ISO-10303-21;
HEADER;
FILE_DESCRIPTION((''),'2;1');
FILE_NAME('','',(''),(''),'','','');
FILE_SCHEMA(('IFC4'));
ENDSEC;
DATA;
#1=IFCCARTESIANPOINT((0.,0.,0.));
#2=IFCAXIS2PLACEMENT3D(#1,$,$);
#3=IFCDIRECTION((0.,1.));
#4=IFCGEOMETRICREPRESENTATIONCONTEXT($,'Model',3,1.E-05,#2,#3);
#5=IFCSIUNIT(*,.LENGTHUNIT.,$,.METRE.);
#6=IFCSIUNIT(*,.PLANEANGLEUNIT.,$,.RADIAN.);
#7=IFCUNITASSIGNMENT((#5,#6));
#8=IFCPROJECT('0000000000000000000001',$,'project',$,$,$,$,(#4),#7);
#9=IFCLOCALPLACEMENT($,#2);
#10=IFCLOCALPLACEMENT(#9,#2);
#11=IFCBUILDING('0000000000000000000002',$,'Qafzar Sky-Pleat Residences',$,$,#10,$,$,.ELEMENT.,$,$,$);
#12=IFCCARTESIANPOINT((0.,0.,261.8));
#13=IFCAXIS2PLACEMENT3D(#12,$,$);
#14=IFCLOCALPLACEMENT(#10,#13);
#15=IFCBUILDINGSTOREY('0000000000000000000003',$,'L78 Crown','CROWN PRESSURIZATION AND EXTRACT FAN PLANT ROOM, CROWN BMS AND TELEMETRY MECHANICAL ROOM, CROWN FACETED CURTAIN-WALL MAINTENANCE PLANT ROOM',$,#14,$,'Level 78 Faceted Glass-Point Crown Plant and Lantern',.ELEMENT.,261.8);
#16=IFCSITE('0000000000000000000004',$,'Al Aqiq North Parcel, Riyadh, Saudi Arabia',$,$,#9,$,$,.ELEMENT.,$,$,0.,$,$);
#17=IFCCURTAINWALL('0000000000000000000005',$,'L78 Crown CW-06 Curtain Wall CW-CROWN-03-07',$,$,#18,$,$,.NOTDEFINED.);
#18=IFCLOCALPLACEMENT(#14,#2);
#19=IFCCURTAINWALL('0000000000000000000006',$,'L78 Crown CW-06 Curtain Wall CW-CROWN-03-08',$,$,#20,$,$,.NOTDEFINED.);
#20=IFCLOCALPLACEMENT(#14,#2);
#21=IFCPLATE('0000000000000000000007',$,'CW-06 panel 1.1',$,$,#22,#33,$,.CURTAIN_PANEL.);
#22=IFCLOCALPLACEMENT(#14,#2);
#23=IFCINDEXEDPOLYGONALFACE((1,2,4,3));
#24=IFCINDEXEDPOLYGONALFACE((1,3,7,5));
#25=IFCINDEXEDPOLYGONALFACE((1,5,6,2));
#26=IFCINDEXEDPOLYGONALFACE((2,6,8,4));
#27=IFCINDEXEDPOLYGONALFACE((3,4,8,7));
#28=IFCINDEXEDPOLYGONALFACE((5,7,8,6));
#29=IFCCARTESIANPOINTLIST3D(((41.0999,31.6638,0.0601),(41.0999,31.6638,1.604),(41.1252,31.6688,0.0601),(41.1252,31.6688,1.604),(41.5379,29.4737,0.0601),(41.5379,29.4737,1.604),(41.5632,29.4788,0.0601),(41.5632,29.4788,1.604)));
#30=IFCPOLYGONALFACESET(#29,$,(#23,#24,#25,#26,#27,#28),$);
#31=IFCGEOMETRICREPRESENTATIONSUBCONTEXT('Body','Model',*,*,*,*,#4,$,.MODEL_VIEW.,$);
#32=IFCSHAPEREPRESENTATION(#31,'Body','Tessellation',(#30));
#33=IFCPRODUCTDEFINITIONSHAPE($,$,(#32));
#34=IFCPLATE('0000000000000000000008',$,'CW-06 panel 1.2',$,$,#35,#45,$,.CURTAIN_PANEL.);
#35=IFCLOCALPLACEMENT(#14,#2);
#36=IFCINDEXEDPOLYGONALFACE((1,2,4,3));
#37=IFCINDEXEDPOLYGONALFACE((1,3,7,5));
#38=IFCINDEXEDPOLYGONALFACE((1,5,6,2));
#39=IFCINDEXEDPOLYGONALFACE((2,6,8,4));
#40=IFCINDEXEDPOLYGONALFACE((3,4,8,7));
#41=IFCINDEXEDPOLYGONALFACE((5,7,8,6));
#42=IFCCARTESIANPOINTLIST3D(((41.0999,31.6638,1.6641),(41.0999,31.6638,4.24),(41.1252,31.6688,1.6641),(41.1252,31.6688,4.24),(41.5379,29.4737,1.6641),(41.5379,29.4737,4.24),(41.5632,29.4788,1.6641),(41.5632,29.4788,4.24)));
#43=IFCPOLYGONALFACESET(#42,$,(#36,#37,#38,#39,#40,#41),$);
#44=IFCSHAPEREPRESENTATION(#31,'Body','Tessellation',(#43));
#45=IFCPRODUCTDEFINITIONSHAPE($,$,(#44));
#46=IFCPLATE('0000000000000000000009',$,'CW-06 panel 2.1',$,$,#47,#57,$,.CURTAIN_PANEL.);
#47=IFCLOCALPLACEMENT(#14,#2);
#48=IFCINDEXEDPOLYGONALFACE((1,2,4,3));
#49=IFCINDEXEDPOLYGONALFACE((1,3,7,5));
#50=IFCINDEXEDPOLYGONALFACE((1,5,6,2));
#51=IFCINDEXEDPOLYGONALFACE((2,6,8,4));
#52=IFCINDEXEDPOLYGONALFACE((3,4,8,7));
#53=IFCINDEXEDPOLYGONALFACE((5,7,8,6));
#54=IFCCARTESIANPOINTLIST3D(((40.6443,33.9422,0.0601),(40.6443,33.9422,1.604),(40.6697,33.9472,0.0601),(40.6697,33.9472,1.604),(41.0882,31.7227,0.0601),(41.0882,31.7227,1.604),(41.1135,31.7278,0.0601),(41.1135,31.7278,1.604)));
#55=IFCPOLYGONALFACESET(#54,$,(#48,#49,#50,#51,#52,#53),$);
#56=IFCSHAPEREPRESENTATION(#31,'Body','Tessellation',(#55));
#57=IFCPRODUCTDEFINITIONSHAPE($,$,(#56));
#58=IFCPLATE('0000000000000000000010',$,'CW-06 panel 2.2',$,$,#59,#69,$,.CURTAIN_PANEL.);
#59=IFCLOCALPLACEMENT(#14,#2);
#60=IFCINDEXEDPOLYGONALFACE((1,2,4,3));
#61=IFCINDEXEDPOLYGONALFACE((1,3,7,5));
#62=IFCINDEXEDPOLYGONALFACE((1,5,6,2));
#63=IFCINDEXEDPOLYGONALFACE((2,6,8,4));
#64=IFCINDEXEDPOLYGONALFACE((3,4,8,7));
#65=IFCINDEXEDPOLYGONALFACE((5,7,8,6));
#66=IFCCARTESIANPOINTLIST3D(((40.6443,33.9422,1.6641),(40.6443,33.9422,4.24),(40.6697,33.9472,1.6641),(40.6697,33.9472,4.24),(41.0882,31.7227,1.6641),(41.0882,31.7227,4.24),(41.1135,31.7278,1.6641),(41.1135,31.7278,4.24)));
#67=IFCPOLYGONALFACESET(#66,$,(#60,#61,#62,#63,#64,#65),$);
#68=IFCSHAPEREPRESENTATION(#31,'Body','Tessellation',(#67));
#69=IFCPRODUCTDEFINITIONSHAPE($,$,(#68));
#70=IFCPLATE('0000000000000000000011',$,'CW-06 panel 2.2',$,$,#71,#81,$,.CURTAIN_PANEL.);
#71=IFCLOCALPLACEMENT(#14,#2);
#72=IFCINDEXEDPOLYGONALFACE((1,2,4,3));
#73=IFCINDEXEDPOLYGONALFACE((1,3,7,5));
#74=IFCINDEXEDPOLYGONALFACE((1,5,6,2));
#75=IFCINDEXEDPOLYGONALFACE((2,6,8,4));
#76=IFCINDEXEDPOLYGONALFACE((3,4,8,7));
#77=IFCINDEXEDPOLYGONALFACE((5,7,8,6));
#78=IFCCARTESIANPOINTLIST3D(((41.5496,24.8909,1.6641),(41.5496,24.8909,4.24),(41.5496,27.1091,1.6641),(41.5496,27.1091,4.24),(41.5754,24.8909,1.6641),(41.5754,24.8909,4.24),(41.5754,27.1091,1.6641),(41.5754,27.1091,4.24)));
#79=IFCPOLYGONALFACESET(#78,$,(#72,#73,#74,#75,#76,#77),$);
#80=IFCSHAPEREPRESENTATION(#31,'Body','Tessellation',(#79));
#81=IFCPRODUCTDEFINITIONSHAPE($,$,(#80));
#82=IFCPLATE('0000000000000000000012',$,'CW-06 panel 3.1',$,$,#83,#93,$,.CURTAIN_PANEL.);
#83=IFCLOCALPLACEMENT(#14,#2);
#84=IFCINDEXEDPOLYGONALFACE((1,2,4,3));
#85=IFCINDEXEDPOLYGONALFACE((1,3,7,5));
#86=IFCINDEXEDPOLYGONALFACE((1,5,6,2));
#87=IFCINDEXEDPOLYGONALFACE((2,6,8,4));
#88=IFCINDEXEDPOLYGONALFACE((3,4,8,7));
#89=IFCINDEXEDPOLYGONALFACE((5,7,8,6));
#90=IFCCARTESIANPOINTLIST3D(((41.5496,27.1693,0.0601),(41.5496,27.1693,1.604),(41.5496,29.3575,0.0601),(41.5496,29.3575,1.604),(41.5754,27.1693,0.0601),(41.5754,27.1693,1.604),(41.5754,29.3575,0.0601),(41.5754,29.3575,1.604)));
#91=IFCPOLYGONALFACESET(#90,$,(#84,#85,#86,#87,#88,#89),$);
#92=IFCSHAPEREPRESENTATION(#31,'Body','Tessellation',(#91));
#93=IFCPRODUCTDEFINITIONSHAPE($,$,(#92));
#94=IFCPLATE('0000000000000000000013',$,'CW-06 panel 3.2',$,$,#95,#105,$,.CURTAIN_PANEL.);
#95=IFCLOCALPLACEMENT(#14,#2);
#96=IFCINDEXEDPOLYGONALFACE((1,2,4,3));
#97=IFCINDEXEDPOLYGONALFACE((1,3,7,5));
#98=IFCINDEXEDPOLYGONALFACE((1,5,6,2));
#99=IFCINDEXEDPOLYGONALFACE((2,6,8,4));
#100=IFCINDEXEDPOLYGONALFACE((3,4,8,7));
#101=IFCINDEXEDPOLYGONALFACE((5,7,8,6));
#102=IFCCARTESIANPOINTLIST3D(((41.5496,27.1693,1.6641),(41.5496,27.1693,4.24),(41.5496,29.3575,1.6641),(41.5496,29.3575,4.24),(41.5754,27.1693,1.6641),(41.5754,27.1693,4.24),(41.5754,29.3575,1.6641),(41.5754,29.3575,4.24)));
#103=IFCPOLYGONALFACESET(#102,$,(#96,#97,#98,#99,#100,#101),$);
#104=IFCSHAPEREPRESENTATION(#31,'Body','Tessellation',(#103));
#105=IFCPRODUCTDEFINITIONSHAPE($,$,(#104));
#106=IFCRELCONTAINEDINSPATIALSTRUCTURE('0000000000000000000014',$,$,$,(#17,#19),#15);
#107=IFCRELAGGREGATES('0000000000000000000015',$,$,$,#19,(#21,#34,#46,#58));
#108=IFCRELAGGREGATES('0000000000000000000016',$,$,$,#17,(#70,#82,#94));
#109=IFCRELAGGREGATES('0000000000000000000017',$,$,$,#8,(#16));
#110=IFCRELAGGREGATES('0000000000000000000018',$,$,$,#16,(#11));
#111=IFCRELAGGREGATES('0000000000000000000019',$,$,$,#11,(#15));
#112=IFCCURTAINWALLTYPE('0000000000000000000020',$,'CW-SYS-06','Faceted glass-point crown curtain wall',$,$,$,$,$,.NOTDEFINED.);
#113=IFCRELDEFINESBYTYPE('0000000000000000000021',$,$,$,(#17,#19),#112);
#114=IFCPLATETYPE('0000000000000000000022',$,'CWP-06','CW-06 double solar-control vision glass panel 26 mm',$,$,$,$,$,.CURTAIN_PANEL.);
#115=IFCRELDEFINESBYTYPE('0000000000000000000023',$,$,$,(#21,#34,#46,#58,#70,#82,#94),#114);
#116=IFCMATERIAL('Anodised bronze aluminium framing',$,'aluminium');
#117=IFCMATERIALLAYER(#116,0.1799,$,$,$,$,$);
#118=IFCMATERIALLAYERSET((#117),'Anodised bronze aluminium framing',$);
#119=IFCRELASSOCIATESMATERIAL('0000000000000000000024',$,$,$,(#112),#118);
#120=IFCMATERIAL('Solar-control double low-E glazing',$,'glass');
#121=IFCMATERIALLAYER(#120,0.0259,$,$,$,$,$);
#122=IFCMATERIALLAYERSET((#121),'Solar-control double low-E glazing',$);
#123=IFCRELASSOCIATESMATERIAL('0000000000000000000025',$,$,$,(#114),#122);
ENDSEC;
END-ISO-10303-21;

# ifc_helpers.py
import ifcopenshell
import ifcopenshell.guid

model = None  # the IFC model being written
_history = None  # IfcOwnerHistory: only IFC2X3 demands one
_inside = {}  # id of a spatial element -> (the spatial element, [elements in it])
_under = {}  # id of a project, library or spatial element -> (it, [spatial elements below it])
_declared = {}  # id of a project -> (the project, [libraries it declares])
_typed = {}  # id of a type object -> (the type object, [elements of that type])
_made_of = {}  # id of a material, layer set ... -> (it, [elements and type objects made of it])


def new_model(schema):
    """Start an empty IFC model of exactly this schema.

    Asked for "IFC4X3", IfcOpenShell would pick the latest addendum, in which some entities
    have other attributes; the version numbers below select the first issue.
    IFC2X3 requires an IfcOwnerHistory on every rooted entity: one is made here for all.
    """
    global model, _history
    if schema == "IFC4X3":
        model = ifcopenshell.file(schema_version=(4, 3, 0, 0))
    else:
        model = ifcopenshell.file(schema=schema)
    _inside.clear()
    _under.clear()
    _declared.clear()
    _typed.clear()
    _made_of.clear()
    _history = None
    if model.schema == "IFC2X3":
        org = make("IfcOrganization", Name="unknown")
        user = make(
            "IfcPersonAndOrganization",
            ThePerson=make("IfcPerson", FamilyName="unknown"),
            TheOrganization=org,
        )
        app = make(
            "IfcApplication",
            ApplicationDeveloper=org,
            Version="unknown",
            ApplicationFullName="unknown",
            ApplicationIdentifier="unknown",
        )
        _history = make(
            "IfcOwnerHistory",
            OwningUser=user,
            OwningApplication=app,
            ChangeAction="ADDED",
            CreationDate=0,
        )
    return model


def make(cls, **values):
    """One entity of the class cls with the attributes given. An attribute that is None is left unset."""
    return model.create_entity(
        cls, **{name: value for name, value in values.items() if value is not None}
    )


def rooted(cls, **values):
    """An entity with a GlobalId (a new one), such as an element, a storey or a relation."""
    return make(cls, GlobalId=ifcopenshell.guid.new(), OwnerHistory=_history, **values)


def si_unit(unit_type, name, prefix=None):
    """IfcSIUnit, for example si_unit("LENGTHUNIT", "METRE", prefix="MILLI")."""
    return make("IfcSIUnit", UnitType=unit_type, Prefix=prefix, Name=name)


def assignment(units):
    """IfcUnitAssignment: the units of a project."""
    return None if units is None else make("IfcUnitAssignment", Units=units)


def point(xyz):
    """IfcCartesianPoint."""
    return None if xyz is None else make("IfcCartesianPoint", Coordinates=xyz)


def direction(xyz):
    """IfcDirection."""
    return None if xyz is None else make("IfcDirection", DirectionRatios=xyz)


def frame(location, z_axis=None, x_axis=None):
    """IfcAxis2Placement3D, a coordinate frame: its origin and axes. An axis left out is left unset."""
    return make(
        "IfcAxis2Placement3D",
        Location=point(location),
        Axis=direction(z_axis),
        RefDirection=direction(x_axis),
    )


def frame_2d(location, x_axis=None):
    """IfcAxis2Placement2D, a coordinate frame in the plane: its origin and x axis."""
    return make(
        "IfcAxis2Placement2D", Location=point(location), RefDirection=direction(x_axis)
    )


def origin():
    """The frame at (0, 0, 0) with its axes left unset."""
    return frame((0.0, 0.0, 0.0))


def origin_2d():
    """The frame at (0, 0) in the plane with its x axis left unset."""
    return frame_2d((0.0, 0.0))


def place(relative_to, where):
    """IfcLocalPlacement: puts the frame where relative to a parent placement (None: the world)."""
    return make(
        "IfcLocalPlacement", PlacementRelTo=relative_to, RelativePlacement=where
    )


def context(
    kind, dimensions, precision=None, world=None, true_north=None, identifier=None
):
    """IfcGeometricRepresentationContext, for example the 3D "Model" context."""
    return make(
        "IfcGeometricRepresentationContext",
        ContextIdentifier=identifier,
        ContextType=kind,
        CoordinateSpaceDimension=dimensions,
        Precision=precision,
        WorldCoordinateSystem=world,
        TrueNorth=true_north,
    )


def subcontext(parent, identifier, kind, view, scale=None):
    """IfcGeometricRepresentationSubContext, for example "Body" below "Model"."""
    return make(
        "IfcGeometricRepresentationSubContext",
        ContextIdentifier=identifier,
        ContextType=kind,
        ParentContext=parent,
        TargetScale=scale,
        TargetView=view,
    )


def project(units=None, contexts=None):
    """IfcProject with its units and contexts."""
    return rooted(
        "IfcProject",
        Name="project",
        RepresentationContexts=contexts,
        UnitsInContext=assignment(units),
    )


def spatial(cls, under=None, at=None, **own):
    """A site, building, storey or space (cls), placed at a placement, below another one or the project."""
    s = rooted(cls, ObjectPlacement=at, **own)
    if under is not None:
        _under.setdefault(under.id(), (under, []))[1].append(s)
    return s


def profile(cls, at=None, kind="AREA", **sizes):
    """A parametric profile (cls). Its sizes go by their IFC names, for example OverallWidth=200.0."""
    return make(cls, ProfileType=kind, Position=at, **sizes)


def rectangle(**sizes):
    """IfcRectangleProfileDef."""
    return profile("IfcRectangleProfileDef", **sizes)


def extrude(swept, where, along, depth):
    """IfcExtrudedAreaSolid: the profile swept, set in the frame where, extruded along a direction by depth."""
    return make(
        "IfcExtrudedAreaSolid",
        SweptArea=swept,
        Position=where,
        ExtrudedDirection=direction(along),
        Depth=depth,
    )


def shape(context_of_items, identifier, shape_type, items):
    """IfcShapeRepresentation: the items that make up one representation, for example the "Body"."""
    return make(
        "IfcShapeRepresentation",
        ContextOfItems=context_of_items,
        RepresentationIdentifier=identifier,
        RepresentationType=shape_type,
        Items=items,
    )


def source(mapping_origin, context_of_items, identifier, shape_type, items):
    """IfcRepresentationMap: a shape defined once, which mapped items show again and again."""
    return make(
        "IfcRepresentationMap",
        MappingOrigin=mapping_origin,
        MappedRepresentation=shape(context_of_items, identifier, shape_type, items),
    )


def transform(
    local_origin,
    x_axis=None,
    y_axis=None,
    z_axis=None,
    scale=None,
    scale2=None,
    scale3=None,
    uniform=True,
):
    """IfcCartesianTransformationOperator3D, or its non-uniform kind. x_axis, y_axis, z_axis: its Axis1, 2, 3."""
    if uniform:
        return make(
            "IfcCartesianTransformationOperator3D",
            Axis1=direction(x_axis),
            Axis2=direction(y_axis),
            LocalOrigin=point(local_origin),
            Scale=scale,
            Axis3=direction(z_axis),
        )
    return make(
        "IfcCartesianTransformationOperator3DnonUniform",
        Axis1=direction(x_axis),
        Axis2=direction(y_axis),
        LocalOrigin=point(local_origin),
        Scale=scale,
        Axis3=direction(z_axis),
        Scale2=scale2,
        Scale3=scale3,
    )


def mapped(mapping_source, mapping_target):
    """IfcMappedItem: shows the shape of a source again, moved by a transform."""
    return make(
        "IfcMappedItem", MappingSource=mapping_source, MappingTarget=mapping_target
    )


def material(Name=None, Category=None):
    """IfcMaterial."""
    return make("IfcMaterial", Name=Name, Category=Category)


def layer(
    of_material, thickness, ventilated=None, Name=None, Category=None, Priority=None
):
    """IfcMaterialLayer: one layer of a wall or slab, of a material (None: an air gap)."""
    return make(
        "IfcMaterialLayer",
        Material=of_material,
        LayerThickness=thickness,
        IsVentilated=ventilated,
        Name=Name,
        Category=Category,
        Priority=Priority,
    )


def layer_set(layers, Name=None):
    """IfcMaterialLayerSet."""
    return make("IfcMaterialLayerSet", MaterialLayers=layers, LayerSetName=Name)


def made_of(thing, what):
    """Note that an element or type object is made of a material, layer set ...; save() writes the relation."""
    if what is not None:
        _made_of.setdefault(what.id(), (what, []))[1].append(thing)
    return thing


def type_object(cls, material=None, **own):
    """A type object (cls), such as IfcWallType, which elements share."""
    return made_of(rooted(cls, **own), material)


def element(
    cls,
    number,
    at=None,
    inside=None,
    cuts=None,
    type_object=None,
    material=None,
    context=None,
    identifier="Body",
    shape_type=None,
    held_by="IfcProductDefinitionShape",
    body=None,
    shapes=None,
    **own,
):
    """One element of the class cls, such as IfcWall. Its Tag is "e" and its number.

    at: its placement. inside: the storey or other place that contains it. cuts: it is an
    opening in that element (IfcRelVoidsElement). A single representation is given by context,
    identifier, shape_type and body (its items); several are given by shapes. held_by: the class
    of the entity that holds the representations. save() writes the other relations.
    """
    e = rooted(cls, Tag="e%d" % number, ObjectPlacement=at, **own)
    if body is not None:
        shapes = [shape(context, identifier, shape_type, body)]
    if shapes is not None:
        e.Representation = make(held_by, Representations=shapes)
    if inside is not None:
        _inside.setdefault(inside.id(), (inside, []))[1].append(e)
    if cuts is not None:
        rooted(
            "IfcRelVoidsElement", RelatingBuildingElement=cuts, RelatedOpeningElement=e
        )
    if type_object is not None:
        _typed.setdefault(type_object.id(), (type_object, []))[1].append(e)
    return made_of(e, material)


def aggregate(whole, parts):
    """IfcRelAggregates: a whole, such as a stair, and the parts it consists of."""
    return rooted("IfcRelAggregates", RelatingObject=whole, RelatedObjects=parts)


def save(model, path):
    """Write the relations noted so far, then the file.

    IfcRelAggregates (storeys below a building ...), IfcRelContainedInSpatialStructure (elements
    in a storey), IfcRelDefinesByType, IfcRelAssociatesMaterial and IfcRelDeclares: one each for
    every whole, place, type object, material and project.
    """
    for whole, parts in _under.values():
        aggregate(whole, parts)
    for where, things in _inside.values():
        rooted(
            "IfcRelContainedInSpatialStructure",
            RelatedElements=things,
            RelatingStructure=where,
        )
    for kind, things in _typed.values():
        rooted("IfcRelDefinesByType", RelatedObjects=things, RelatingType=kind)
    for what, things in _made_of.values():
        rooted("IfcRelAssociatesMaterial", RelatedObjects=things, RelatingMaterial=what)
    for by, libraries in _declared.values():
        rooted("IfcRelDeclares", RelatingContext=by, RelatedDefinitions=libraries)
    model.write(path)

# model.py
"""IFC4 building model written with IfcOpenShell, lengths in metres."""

from ifc_helpers import new_model, si_unit, direction, frame, origin, origin_2d, place, context, subcontext, project, spatial, rectangle, extrude, source, transform, mapped, material, layer, layer_set, type_object, element, aggregate, save


model = new_model("IFC4")

# Units and contexts
model_context = context("Model", 3, precision=1e-05, world=origin(), true_north=direction((0.0, 1.0)))
body_context = subcontext(model_context, "Body", "Model", "MODEL_VIEW")
ifc_project = project(units=[si_unit("LENGTHUNIT", "METRE"), si_unit("PLANEANGLEUNIT", "RADIAN")], contexts=[model_context])

# Site, building, storey
site_placement = place(None, origin())
site = spatial("IfcSite", under=ifc_project, at=site_placement, Name="Al Aqiq North Parcel, Riyadh, Saudi Arabia", CompositionType="ELEMENT", RefElevation=0.0)
building_placement = place(site_placement, origin())
building = spatial("IfcBuilding", under=site, at=building_placement, Name="Qafzar Sky-Pleat Residences", CompositionType="ELEMENT")
storey_placement = place(building_placement, frame((0.0, 0.0, 261.8)))
storey = spatial("IfcBuildingStorey", under=building, at=storey_placement, Name="L78 Crown", Description="CROWN PRESSURIZATION AND EXTRACT FAN PLANT ROOM, CROWN BMS AND TELEMETRY MECHANICAL ROOM, CROWN FACETED CURTAIN-WALL MAINTENANCE PLANT ROOM", LongName="Level 78 Faceted Glass-Point Crown Plant and Lantern", CompositionType="ELEMENT", Elevation=261.8)

# Curtain walls
ifc_material_1 = material(Name="Anodised bronze aluminium framing", Category="aluminium")
ifc_layer_1 = layer(ifc_material_1, 0.1799)
ifc_layer_set_1 = layer_set([ifc_layer_1], Name="Anodised bronze aluminium framing")
curtain_wall_type = type_object("IfcCurtainWallType", Name="CW-SYS-06", Description="Faceted glass-point crown curtain wall", PredefinedType="NOTDEFINED", material=ifc_layer_set_1)
curtain_wall_1_placement = place(storey_placement, origin())
curtain_wall_1 = element("IfcCurtainWall", 1, at=curtain_wall_1_placement, inside=storey, type_object=curtain_wall_type, Name="L78 Crown CW-06 Curtain Wall CW-CROWN-03-07", PredefinedType="NOTDEFINED")
curtain_wall_2_placement = place(storey_placement, origin())
curtain_wall_2 = element("IfcCurtainWall", 2, at=curtain_wall_2_placement, inside=storey, type_object=curtain_wall_type, Name="L78 Crown CW-06 Curtain Wall CW-CROWN-03-08", PredefinedType="NOTDEFINED")

# Plates
ifc_material_2 = material(Name="Solar-control double low-E glazing", Category="glass")
ifc_layer_2 = layer(ifc_material_2, 0.0259)
ifc_layer_set_2 = layer_set([ifc_layer_2], Name="Solar-control double low-E glazing")
plate_type = type_object("IfcPlateType", Name="CWP-06", Description="CW-06 double solar-control vision glass panel 26 mm", PredefinedType="CURTAIN_PANEL", material=ifc_layer_set_2)
shared_shape_1 = source(origin(), body_context, "Body", "SweptSolid", [
    extrude(rectangle(XDim=2.2334, YDim=0.0259, at=origin_2d()), origin(), (0.0, 0.0, 1.0), 1.5439),
])
plate_1_placement = place(storey_placement, frame((41.3315, 30.5713, 0.0601), z_axis=(0.0, 0.0, 1.0), x_axis=(-0.196113, 0.980581, 0.0)))
plate_1 = element("IfcPlate", 3, at=plate_1_placement, type_object=plate_type, Name="CW-06 panel 1.1", PredefinedType="CURTAIN_PANEL", context=body_context, shape_type="MappedRepresentation", body=[
    mapped(shared_shape_1, transform((0.0, 0.0, 0.0), x_axis=(1.0, 0.0, 0.0), y_axis=(0.0, 1.0, 0.0), z_axis=(0.0, 0.0, 1.0), scale=1.0)),
])
shared_shape_2 = source(origin(), body_context, "Body", "SweptSolid", [
    extrude(rectangle(XDim=2.2334, YDim=0.0259, at=origin_2d()), origin(), (0.0, 0.0, 1.0), 2.5759),
])
plate_2_placement = place(storey_placement, frame((41.3315, 30.5713, 1.6641), z_axis=(0.0, 0.0, 1.0), x_axis=(-0.196113, 0.980581, 0.0)))
plate_2 = element("IfcPlate", 4, at=plate_2_placement, type_object=plate_type, Name="CW-06 panel 1.2", PredefinedType="CURTAIN_PANEL", context=body_context, shape_type="MappedRepresentation", body=[
    mapped(shared_shape_2, transform((0.0, 0.0, 0.0), x_axis=(1.0, 0.0, 0.0), y_axis=(0.0, 1.0, 0.0), z_axis=(0.0, 0.0, 1.0), scale=1.0)),
])
shared_shape_3 = source(origin(), body_context, "Body", "SweptSolid", [
    extrude(rectangle(XDim=2.2634, YDim=0.0259, at=origin_2d()), origin(), (0.0, 0.0, 1.0), 1.5439),
])
plate_3_placement = place(storey_placement, frame((40.8789, 32.835, 0.0601), z_axis=(0.0, 0.0, 1.0), x_axis=(-0.196113, 0.980581, 0.0)))
plate_3 = element("IfcPlate", 5, at=plate_3_placement, type_object=plate_type, Name="CW-06 panel 2.1", PredefinedType="CURTAIN_PANEL", context=body_context, shape_type="MappedRepresentation", body=[
    mapped(shared_shape_3, transform((0.0, 0.0, 0.0), x_axis=(1.0, 0.0, 0.0), y_axis=(0.0, 1.0, 0.0), z_axis=(0.0, 0.0, 1.0), scale=1.0)),
])
shared_shape_4 = source(origin(), body_context, "Body", "SweptSolid", [
    extrude(rectangle(XDim=2.2634, YDim=0.0259, at=origin_2d()), origin(), (0.0, 0.0, 1.0), 2.5759),
])
plate_4_placement = place(storey_placement, frame((40.8789, 32.835, 1.6641), z_axis=(0.0, 0.0, 1.0), x_axis=(-0.196113, 0.980581, 0.0)))
plate_4 = element("IfcPlate", 6, at=plate_4_placement, type_object=plate_type, Name="CW-06 panel 2.2", PredefinedType="CURTAIN_PANEL", context=body_context, shape_type="MappedRepresentation", body=[
    mapped(shared_shape_4, transform((0.0, 0.0, 0.0), x_axis=(1.0, 0.0, 0.0), y_axis=(0.0, 1.0, 0.0), z_axis=(0.0, 0.0, 1.0), scale=1.0)),
])
aggregate(curtain_wall_2, [plate_1, plate_2, plate_3, plate_4])
shared_shape_5 = source(origin(), body_context, "Body", "SweptSolid", [
    extrude(rectangle(XDim=2.2183, YDim=0.0259, at=origin_2d()), origin(), (0.0, 0.0, 1.0), 2.5759),
])
plate_5_placement = place(storey_placement, frame((41.5625, 26.0, 1.6641), z_axis=(0.0, 0.0, 1.0), x_axis=(0.0, 1.0, 0.0)))
plate_5 = element("IfcPlate", 7, at=plate_5_placement, type_object=plate_type, Name="CW-06 panel 2.2", PredefinedType="CURTAIN_PANEL", context=body_context, shape_type="MappedRepresentation", body=[
    mapped(shared_shape_5, transform((0.0, 0.0, 0.0), x_axis=(1.0, 0.0, 0.0), y_axis=(0.0, 1.0, 0.0), z_axis=(0.0, 0.0, 1.0), scale=1.0)),
])
shared_shape_6 = source(origin(), body_context, "Body", "SweptSolid", [
    extrude(rectangle(XDim=2.1882, YDim=0.0259, at=origin_2d()), origin(), (0.0, 0.0, 1.0), 1.5439),
])
plate_6_placement = place(storey_placement, frame((41.5625, 28.2634, 0.0601), z_axis=(0.0, 0.0, 1.0), x_axis=(0.0, 1.0, 0.0)))
plate_6 = element("IfcPlate", 8, at=plate_6_placement, type_object=plate_type, Name="CW-06 panel 3.1", PredefinedType="CURTAIN_PANEL", context=body_context, shape_type="MappedRepresentation", body=[
    mapped(shared_shape_6, transform((0.0, 0.0, 0.0), x_axis=(1.0, 0.0, 0.0), y_axis=(0.0, 1.0, 0.0), z_axis=(0.0, 0.0, 1.0), scale=1.0)),
])
shared_shape_7 = source(origin(), body_context, "Body", "SweptSolid", [
    extrude(rectangle(XDim=2.1882, YDim=0.0259, at=origin_2d()), origin(), (0.0, 0.0, 1.0), 2.5759),
])
plate_7_placement = place(storey_placement, frame((41.5625, 28.2634, 1.6641), z_axis=(0.0, 0.0, 1.0), x_axis=(0.0, 1.0, 0.0)))
plate_7 = element("IfcPlate", 9, at=plate_7_placement, type_object=plate_type, Name="CW-06 panel 3.2", PredefinedType="CURTAIN_PANEL", context=body_context, shape_type="MappedRepresentation", body=[
    mapped(shared_shape_7, transform((0.0, 0.0, 0.0), x_axis=(1.0, 0.0, 0.0), y_axis=(0.0, 1.0, 0.0), z_axis=(0.0, 0.0, 1.0), scale=1.0)),
])
aggregate(curtain_wall_1, [plate_5, plate_6, plate_7])

save(model, "model.ifc")
